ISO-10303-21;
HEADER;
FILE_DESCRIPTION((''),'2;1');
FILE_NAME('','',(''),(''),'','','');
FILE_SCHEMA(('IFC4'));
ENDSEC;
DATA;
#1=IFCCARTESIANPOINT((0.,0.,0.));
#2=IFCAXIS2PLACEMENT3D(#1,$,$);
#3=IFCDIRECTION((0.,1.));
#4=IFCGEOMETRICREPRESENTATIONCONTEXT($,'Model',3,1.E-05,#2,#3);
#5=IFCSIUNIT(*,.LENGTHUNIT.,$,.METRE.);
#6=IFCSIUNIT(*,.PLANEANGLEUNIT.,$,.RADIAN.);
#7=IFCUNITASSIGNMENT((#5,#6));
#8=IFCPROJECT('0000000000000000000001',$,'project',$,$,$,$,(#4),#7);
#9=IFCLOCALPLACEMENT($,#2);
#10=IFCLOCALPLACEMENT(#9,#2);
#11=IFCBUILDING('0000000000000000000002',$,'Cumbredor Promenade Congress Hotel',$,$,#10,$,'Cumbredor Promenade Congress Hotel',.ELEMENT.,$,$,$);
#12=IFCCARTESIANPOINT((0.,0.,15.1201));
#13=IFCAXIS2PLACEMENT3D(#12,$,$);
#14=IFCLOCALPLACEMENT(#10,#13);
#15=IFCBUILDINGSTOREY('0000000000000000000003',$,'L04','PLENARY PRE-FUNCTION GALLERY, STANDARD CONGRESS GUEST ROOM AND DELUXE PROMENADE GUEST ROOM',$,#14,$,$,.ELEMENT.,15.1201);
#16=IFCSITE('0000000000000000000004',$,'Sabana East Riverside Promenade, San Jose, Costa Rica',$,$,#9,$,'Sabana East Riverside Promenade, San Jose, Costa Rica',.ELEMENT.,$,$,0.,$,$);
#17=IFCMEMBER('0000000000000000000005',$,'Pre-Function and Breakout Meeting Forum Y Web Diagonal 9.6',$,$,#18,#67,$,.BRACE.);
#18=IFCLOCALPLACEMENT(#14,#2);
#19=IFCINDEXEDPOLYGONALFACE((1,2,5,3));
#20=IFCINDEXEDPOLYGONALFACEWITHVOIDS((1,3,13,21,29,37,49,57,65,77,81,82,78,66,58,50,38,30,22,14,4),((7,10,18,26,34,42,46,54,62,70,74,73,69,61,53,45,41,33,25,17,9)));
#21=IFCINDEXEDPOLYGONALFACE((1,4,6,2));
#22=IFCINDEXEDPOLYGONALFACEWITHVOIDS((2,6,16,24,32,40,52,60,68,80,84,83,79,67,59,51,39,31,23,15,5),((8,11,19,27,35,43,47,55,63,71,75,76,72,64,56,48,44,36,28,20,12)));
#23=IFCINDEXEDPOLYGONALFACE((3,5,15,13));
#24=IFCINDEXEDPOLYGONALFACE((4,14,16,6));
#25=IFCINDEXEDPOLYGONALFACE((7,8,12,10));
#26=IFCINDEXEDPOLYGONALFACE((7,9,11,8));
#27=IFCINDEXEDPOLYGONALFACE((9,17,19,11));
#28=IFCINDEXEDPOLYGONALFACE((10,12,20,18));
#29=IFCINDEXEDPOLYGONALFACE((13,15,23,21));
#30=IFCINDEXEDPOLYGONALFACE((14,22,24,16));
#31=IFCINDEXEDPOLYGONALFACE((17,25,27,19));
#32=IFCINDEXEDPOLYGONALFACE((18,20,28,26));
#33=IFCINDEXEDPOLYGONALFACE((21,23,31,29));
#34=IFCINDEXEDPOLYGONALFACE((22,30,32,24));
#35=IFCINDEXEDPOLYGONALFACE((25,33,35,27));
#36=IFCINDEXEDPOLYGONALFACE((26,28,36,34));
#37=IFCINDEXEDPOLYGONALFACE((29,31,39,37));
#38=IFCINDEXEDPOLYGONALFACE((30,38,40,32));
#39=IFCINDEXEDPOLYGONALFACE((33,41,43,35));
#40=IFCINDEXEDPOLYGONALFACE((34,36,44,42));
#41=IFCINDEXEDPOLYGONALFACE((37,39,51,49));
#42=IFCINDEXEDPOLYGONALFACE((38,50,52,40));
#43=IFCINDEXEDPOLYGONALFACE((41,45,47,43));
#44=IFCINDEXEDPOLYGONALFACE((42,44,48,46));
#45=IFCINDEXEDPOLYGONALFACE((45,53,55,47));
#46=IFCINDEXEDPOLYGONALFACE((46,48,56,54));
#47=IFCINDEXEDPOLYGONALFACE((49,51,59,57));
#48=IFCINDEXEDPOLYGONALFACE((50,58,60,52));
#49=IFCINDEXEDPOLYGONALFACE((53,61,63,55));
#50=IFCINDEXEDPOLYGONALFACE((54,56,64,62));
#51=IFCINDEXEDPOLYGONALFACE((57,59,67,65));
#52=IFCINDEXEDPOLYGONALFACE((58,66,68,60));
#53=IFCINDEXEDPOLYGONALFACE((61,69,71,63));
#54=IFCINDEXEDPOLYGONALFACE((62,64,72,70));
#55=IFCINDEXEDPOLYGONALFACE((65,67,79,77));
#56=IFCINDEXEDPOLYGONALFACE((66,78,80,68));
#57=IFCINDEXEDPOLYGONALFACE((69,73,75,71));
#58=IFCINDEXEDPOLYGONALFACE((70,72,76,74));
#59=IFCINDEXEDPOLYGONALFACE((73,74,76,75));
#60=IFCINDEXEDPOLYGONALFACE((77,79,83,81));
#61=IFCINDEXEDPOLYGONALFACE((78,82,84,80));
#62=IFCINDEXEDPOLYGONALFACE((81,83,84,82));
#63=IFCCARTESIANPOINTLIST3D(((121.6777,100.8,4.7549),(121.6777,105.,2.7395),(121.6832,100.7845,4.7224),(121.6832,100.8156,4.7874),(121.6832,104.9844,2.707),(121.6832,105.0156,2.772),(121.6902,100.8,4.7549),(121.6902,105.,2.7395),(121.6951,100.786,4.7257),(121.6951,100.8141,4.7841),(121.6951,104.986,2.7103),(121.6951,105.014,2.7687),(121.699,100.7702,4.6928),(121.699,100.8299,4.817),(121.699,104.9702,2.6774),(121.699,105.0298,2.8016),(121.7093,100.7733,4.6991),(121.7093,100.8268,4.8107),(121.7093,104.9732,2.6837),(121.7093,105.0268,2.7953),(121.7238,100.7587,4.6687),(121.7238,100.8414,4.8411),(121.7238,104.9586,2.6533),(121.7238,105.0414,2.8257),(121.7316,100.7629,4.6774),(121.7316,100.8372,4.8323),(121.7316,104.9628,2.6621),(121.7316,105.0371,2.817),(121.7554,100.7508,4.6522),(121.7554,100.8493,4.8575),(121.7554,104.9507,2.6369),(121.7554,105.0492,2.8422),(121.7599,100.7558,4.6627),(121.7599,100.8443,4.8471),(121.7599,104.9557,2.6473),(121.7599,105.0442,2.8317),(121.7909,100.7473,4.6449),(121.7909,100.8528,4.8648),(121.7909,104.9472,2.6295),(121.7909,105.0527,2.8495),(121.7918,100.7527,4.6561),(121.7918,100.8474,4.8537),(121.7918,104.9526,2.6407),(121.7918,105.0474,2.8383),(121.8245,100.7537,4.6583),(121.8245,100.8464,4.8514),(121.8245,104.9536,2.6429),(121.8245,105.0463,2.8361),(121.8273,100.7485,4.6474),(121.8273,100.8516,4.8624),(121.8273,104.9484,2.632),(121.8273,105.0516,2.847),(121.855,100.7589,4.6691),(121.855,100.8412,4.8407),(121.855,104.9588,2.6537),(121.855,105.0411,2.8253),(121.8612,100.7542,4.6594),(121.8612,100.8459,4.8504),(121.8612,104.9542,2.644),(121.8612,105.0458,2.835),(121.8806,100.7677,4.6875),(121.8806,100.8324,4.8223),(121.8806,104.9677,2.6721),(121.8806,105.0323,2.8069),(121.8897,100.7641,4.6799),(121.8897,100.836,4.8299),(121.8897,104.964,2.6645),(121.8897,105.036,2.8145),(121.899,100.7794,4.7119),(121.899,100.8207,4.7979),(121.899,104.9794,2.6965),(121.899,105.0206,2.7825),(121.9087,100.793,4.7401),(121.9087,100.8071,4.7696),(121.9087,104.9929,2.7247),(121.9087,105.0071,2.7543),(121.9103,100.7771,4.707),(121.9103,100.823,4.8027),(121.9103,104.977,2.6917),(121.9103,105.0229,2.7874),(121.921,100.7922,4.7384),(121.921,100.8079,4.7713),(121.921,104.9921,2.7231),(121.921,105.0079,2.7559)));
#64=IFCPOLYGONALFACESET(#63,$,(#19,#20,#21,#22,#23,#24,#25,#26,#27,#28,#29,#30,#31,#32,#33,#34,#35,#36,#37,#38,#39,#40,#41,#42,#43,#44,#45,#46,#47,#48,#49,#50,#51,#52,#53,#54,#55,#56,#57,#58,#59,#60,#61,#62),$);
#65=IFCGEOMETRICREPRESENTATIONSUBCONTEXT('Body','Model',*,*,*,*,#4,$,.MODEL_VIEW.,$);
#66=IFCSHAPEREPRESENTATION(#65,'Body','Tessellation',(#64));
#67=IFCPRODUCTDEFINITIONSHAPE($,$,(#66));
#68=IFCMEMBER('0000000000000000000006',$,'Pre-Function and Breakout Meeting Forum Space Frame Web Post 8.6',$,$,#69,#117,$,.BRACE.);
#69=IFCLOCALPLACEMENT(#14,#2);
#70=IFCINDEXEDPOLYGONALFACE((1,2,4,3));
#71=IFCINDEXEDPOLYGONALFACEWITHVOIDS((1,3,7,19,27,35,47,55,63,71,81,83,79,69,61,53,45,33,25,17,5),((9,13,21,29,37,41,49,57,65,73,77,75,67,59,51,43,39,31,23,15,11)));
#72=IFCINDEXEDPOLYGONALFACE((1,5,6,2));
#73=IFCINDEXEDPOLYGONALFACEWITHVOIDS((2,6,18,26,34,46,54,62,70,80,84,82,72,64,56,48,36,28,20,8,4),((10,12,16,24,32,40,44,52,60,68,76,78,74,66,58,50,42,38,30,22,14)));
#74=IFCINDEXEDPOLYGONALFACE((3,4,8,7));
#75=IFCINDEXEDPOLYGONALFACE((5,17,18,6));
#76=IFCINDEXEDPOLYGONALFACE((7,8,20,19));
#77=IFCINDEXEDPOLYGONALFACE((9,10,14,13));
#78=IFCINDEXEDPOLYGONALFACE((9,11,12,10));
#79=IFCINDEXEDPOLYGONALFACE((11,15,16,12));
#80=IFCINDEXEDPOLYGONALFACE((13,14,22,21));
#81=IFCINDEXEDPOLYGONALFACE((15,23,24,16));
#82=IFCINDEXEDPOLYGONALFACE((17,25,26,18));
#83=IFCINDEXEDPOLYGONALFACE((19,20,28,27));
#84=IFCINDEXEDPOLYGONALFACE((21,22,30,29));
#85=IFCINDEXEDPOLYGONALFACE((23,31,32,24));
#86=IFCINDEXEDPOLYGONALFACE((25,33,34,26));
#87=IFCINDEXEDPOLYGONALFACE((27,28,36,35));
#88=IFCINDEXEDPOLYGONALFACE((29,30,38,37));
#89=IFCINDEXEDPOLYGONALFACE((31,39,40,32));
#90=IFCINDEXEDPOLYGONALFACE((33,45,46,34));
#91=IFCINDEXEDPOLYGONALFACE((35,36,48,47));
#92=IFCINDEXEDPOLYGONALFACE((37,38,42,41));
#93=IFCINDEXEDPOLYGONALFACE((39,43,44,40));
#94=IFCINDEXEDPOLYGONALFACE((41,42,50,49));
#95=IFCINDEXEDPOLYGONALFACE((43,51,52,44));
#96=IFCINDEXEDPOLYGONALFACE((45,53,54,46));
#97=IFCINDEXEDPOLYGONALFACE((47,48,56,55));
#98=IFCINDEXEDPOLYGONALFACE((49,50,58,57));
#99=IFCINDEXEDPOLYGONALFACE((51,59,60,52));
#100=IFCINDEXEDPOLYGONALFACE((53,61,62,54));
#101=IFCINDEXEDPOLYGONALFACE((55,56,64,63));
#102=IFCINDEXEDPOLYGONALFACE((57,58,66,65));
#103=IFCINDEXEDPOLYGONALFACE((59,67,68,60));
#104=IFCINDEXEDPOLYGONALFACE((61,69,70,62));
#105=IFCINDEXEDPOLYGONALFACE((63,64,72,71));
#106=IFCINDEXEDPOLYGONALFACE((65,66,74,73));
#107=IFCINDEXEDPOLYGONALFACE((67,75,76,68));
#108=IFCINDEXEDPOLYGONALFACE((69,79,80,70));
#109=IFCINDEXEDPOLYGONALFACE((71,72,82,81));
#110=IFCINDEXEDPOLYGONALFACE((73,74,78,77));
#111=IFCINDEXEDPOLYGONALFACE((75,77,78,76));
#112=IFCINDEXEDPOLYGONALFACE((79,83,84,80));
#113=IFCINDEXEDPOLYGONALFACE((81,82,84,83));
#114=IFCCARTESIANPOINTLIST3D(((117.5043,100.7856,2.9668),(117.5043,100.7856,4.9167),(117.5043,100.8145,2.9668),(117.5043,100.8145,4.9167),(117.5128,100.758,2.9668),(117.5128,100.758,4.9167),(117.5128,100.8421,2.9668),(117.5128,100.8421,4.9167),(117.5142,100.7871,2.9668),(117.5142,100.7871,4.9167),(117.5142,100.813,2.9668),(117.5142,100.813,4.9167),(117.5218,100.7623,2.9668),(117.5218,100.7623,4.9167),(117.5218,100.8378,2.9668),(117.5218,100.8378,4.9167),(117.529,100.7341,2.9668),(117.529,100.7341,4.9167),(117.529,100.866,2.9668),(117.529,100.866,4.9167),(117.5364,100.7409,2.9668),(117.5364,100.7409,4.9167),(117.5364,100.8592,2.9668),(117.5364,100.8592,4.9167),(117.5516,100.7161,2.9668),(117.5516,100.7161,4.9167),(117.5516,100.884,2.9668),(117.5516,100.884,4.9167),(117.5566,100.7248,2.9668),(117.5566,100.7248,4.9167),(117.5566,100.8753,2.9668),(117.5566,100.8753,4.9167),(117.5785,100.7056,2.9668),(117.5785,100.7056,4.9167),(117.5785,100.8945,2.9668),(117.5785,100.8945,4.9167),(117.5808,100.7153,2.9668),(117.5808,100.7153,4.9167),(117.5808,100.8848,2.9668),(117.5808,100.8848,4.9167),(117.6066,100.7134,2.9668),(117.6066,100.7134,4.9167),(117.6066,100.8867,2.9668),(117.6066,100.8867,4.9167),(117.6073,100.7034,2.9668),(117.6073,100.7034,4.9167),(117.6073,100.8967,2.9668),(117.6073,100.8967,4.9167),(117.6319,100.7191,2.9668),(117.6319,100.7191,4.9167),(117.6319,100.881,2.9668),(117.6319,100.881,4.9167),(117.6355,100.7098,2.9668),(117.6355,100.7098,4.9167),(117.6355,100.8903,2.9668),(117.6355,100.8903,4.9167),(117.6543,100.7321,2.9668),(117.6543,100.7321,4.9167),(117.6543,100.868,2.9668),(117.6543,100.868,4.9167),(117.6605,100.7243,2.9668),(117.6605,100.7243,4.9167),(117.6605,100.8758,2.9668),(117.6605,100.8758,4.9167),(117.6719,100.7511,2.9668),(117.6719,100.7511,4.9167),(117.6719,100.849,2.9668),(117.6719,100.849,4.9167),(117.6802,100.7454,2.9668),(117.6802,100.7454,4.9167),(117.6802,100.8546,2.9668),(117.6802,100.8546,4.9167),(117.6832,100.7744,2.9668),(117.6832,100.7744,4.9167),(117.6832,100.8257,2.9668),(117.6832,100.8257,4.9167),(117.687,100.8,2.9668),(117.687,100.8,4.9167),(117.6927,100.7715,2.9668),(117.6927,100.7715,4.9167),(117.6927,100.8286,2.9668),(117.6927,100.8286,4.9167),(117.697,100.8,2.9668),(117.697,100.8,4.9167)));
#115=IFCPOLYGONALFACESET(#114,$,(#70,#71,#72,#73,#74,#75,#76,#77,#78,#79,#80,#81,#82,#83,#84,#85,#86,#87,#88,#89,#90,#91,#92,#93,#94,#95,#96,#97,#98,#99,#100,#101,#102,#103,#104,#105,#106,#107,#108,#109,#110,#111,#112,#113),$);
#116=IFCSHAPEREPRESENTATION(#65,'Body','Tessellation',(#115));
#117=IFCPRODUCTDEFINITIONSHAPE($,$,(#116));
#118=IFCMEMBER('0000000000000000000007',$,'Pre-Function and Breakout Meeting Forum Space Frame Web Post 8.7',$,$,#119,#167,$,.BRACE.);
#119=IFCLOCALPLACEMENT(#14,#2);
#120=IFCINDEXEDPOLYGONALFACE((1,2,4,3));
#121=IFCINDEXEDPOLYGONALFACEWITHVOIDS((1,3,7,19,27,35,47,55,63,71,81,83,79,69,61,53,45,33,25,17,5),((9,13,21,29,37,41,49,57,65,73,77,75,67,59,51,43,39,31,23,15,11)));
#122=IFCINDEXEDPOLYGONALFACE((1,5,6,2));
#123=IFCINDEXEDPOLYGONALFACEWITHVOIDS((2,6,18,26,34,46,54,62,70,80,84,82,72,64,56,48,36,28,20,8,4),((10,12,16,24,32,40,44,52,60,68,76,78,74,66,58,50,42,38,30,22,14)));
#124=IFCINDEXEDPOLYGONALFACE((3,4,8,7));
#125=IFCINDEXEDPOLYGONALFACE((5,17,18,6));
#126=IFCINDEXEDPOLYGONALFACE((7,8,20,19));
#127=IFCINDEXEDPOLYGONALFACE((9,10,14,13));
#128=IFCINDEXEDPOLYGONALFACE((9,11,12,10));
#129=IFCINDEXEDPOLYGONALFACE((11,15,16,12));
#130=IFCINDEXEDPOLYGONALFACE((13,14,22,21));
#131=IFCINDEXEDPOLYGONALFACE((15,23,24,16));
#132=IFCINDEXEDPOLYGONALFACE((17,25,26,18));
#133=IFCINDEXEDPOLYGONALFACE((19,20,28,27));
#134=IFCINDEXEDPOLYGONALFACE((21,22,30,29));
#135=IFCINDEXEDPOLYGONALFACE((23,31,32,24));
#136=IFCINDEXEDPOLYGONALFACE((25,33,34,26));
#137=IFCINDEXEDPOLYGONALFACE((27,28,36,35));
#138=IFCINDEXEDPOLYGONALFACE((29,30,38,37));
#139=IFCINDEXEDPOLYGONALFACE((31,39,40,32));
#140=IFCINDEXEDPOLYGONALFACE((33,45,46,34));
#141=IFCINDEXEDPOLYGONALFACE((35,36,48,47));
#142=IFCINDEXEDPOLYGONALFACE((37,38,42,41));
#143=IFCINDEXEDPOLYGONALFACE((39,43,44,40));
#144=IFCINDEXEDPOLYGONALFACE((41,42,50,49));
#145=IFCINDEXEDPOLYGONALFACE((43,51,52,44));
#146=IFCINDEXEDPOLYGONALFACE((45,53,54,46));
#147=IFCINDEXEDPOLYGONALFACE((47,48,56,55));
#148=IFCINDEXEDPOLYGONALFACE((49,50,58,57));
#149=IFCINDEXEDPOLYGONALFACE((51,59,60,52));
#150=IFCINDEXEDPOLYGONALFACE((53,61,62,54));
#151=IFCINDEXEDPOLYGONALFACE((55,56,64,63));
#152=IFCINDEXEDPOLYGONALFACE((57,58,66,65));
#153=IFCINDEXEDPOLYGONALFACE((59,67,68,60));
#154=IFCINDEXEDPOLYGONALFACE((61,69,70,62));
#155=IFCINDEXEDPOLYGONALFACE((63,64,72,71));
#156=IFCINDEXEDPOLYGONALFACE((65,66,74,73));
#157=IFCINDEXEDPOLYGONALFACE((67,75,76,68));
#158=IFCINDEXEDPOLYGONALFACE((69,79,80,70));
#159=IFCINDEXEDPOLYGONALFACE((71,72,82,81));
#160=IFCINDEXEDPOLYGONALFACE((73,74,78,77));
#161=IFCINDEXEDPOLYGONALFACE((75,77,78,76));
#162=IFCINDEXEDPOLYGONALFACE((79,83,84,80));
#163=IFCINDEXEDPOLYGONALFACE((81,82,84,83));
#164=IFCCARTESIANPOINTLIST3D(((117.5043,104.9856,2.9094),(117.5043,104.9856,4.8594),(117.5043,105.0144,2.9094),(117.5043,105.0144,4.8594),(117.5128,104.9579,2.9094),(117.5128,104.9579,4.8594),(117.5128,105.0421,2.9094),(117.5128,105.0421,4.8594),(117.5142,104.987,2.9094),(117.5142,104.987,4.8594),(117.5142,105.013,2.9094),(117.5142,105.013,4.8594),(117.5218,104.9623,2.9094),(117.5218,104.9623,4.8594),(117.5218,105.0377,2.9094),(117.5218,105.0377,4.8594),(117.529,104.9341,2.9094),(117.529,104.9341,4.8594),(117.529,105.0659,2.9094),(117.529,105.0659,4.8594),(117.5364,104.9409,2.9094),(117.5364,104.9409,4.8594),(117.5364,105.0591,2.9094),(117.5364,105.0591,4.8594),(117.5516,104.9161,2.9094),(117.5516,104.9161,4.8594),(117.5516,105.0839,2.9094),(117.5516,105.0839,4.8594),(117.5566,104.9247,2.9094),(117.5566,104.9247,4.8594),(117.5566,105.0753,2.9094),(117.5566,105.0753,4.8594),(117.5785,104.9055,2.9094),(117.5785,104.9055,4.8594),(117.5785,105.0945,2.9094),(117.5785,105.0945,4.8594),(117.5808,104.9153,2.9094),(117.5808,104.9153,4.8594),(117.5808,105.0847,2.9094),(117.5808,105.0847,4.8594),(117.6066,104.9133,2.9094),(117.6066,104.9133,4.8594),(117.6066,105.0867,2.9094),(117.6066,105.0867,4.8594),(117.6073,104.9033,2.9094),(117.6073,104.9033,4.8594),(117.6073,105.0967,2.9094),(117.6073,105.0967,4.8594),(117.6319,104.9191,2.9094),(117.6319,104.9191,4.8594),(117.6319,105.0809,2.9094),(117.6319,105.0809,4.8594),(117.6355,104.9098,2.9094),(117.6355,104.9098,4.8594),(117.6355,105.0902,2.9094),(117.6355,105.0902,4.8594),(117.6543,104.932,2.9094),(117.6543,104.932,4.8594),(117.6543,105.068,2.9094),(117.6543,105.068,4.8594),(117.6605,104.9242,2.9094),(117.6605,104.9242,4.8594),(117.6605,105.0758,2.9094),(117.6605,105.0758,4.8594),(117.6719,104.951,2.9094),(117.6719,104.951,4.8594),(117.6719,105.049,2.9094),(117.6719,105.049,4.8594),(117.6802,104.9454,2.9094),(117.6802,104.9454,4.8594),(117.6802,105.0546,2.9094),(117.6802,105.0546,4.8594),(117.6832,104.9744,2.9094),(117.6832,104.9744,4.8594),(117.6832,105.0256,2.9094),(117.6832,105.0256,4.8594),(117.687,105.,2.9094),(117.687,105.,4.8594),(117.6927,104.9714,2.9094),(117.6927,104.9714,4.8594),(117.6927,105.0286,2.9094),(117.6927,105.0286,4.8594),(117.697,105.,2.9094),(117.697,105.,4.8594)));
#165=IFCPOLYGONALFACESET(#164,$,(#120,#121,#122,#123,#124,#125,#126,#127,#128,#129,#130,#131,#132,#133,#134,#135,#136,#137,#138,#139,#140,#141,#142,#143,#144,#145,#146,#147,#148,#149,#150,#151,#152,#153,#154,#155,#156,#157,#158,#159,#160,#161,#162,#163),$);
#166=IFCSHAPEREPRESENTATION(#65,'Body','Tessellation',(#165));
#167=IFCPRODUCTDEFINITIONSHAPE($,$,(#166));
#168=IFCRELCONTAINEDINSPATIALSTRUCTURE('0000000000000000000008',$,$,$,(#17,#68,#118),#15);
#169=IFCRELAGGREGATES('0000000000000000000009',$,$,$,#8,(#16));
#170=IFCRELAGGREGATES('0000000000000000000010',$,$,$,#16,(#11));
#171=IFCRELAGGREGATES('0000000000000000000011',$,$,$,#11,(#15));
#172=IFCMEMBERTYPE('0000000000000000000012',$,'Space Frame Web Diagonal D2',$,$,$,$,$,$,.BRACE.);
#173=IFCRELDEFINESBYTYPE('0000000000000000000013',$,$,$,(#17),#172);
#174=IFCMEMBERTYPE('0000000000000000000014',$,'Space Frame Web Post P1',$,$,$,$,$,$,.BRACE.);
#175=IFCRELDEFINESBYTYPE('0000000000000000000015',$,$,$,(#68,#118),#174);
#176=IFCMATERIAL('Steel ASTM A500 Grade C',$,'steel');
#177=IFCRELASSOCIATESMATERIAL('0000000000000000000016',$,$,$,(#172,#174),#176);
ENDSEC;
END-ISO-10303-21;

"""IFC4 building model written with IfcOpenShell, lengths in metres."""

from ifc_helpers import new_model, si_unit, direction, frame, origin, origin_2d, place, context, subcontext, project, spatial, hollow_circle, extrude, material, material_profile, profile_set, type_object, element, save


model = new_model("IFC4")

# Units and contexts
model_context = context("Model", 3, precision=1e-05, world=origin(), true_north=direction((0.0, 1.0)))
body_context = subcontext(model_context, "Body", "Model", "MODEL_VIEW")
ifc_project = project(units=[si_unit("LENGTHUNIT", "METRE"), si_unit("PLANEANGLEUNIT", "RADIAN")], contexts=[model_context])

# Site, building, storey
site_placement = place(None, origin())
site = spatial("IfcSite", under=ifc_project, at=site_placement, Name="Sabana East Riverside Promenade, San Jose, Costa Rica", LongName="Sabana East Riverside Promenade, San Jose, Costa Rica", CompositionType="ELEMENT", RefElevation=0.0)
building_placement = place(site_placement, origin())
building = spatial("IfcBuilding", under=site, at=building_placement, Name="Cumbredor Promenade Congress Hotel", LongName="Cumbredor Promenade Congress Hotel", CompositionType="ELEMENT")
storey_placement = place(building_placement, frame((0.0, 0.0, 15.1201)))
storey = spatial("IfcBuildingStorey", under=building, at=storey_placement, Name="L04", Description="PLENARY PRE-FUNCTION GALLERY, STANDARD CONGRESS GUEST ROOM AND DELUXE PROMENADE GUEST ROOM", CompositionType="ELEMENT", Elevation=15.1201)

# Members
ifc_material_1 = material(Name="Steel ASTM A500 Grade C", Category="steel")
ifc_material_profile_1 = material_profile(ifc_material_1, hollow_circle(Radius=0.1223, WallThickness=0.0125, at=origin_2d()), Name="CHS 244.5x12.5")
ifc_profile_set_1 = profile_set([ifc_material_profile_1], Name="Steel ASTM A500 Grade C")
member_type_1 = type_object("IfcMemberType", Name="Space Frame Web Diagonal D2", PredefinedType="BRACE", material=ifc_profile_set_1)
member_1_placement = place(storey_placement, frame((121.8, 100.8, 4.7549), z_axis=(0.0, 0.901573, -0.432627), x_axis=(-1.0, 0.0, 0.0)))
element("IfcMember", 1, at=member_1_placement, inside=storey, type_object=member_type_1, Name="Pre-Function and Breakout Meeting Forum Y Web Diagonal 9.6", PredefinedType="BRACE", context=body_context, shape_type="SweptSolid", body=[
    extrude(hollow_circle(Radius=0.1223, WallThickness=0.0125, at=origin_2d()), origin(), (0.0, 0.0, 1.0), 4.6584),
])
ifc_material_profile_2 = material_profile(ifc_material_1, hollow_circle(Radius=0.0969, WallThickness=0.01, at=origin_2d()), Name="CHS 193.7x10")
ifc_profile_set_2 = profile_set([ifc_material_profile_2], Name="Steel ASTM A500 Grade C")
member_type_2 = type_object("IfcMemberType", Name="Space Frame Web Post P1", PredefinedType="BRACE", material=ifc_profile_set_2)
for number, where, z_axis, x_axis, name in (
    (2, (117.6001, 100.8, 2.9668), (0.0, 0.0, 1.0), (1.0, 0.0, 0.0), "Pre-Function and Breakout Meeting Forum Space Frame Web Post 8.6"),
    (3, (117.6001, 105.0, 2.9094), (0.0, 0.0, 1.0), (1.0, 0.0, 0.0), "Pre-Function and Breakout Meeting Forum Space Frame Web Post 8.7"),
):
    element("IfcMember", number, at=place(storey_placement, frame(where, z_axis=z_axis, x_axis=x_axis)), inside=storey, type_object=member_type_2, Name=name, PredefinedType="BRACE", context=body_context, shape_type="SweptSolid", body=[
        extrude(hollow_circle(Radius=0.0969, WallThickness=0.01, at=origin_2d()), origin(), (0.0, 0.0, 1.0), 1.95),
    ])

save(model, "model.ifc")
